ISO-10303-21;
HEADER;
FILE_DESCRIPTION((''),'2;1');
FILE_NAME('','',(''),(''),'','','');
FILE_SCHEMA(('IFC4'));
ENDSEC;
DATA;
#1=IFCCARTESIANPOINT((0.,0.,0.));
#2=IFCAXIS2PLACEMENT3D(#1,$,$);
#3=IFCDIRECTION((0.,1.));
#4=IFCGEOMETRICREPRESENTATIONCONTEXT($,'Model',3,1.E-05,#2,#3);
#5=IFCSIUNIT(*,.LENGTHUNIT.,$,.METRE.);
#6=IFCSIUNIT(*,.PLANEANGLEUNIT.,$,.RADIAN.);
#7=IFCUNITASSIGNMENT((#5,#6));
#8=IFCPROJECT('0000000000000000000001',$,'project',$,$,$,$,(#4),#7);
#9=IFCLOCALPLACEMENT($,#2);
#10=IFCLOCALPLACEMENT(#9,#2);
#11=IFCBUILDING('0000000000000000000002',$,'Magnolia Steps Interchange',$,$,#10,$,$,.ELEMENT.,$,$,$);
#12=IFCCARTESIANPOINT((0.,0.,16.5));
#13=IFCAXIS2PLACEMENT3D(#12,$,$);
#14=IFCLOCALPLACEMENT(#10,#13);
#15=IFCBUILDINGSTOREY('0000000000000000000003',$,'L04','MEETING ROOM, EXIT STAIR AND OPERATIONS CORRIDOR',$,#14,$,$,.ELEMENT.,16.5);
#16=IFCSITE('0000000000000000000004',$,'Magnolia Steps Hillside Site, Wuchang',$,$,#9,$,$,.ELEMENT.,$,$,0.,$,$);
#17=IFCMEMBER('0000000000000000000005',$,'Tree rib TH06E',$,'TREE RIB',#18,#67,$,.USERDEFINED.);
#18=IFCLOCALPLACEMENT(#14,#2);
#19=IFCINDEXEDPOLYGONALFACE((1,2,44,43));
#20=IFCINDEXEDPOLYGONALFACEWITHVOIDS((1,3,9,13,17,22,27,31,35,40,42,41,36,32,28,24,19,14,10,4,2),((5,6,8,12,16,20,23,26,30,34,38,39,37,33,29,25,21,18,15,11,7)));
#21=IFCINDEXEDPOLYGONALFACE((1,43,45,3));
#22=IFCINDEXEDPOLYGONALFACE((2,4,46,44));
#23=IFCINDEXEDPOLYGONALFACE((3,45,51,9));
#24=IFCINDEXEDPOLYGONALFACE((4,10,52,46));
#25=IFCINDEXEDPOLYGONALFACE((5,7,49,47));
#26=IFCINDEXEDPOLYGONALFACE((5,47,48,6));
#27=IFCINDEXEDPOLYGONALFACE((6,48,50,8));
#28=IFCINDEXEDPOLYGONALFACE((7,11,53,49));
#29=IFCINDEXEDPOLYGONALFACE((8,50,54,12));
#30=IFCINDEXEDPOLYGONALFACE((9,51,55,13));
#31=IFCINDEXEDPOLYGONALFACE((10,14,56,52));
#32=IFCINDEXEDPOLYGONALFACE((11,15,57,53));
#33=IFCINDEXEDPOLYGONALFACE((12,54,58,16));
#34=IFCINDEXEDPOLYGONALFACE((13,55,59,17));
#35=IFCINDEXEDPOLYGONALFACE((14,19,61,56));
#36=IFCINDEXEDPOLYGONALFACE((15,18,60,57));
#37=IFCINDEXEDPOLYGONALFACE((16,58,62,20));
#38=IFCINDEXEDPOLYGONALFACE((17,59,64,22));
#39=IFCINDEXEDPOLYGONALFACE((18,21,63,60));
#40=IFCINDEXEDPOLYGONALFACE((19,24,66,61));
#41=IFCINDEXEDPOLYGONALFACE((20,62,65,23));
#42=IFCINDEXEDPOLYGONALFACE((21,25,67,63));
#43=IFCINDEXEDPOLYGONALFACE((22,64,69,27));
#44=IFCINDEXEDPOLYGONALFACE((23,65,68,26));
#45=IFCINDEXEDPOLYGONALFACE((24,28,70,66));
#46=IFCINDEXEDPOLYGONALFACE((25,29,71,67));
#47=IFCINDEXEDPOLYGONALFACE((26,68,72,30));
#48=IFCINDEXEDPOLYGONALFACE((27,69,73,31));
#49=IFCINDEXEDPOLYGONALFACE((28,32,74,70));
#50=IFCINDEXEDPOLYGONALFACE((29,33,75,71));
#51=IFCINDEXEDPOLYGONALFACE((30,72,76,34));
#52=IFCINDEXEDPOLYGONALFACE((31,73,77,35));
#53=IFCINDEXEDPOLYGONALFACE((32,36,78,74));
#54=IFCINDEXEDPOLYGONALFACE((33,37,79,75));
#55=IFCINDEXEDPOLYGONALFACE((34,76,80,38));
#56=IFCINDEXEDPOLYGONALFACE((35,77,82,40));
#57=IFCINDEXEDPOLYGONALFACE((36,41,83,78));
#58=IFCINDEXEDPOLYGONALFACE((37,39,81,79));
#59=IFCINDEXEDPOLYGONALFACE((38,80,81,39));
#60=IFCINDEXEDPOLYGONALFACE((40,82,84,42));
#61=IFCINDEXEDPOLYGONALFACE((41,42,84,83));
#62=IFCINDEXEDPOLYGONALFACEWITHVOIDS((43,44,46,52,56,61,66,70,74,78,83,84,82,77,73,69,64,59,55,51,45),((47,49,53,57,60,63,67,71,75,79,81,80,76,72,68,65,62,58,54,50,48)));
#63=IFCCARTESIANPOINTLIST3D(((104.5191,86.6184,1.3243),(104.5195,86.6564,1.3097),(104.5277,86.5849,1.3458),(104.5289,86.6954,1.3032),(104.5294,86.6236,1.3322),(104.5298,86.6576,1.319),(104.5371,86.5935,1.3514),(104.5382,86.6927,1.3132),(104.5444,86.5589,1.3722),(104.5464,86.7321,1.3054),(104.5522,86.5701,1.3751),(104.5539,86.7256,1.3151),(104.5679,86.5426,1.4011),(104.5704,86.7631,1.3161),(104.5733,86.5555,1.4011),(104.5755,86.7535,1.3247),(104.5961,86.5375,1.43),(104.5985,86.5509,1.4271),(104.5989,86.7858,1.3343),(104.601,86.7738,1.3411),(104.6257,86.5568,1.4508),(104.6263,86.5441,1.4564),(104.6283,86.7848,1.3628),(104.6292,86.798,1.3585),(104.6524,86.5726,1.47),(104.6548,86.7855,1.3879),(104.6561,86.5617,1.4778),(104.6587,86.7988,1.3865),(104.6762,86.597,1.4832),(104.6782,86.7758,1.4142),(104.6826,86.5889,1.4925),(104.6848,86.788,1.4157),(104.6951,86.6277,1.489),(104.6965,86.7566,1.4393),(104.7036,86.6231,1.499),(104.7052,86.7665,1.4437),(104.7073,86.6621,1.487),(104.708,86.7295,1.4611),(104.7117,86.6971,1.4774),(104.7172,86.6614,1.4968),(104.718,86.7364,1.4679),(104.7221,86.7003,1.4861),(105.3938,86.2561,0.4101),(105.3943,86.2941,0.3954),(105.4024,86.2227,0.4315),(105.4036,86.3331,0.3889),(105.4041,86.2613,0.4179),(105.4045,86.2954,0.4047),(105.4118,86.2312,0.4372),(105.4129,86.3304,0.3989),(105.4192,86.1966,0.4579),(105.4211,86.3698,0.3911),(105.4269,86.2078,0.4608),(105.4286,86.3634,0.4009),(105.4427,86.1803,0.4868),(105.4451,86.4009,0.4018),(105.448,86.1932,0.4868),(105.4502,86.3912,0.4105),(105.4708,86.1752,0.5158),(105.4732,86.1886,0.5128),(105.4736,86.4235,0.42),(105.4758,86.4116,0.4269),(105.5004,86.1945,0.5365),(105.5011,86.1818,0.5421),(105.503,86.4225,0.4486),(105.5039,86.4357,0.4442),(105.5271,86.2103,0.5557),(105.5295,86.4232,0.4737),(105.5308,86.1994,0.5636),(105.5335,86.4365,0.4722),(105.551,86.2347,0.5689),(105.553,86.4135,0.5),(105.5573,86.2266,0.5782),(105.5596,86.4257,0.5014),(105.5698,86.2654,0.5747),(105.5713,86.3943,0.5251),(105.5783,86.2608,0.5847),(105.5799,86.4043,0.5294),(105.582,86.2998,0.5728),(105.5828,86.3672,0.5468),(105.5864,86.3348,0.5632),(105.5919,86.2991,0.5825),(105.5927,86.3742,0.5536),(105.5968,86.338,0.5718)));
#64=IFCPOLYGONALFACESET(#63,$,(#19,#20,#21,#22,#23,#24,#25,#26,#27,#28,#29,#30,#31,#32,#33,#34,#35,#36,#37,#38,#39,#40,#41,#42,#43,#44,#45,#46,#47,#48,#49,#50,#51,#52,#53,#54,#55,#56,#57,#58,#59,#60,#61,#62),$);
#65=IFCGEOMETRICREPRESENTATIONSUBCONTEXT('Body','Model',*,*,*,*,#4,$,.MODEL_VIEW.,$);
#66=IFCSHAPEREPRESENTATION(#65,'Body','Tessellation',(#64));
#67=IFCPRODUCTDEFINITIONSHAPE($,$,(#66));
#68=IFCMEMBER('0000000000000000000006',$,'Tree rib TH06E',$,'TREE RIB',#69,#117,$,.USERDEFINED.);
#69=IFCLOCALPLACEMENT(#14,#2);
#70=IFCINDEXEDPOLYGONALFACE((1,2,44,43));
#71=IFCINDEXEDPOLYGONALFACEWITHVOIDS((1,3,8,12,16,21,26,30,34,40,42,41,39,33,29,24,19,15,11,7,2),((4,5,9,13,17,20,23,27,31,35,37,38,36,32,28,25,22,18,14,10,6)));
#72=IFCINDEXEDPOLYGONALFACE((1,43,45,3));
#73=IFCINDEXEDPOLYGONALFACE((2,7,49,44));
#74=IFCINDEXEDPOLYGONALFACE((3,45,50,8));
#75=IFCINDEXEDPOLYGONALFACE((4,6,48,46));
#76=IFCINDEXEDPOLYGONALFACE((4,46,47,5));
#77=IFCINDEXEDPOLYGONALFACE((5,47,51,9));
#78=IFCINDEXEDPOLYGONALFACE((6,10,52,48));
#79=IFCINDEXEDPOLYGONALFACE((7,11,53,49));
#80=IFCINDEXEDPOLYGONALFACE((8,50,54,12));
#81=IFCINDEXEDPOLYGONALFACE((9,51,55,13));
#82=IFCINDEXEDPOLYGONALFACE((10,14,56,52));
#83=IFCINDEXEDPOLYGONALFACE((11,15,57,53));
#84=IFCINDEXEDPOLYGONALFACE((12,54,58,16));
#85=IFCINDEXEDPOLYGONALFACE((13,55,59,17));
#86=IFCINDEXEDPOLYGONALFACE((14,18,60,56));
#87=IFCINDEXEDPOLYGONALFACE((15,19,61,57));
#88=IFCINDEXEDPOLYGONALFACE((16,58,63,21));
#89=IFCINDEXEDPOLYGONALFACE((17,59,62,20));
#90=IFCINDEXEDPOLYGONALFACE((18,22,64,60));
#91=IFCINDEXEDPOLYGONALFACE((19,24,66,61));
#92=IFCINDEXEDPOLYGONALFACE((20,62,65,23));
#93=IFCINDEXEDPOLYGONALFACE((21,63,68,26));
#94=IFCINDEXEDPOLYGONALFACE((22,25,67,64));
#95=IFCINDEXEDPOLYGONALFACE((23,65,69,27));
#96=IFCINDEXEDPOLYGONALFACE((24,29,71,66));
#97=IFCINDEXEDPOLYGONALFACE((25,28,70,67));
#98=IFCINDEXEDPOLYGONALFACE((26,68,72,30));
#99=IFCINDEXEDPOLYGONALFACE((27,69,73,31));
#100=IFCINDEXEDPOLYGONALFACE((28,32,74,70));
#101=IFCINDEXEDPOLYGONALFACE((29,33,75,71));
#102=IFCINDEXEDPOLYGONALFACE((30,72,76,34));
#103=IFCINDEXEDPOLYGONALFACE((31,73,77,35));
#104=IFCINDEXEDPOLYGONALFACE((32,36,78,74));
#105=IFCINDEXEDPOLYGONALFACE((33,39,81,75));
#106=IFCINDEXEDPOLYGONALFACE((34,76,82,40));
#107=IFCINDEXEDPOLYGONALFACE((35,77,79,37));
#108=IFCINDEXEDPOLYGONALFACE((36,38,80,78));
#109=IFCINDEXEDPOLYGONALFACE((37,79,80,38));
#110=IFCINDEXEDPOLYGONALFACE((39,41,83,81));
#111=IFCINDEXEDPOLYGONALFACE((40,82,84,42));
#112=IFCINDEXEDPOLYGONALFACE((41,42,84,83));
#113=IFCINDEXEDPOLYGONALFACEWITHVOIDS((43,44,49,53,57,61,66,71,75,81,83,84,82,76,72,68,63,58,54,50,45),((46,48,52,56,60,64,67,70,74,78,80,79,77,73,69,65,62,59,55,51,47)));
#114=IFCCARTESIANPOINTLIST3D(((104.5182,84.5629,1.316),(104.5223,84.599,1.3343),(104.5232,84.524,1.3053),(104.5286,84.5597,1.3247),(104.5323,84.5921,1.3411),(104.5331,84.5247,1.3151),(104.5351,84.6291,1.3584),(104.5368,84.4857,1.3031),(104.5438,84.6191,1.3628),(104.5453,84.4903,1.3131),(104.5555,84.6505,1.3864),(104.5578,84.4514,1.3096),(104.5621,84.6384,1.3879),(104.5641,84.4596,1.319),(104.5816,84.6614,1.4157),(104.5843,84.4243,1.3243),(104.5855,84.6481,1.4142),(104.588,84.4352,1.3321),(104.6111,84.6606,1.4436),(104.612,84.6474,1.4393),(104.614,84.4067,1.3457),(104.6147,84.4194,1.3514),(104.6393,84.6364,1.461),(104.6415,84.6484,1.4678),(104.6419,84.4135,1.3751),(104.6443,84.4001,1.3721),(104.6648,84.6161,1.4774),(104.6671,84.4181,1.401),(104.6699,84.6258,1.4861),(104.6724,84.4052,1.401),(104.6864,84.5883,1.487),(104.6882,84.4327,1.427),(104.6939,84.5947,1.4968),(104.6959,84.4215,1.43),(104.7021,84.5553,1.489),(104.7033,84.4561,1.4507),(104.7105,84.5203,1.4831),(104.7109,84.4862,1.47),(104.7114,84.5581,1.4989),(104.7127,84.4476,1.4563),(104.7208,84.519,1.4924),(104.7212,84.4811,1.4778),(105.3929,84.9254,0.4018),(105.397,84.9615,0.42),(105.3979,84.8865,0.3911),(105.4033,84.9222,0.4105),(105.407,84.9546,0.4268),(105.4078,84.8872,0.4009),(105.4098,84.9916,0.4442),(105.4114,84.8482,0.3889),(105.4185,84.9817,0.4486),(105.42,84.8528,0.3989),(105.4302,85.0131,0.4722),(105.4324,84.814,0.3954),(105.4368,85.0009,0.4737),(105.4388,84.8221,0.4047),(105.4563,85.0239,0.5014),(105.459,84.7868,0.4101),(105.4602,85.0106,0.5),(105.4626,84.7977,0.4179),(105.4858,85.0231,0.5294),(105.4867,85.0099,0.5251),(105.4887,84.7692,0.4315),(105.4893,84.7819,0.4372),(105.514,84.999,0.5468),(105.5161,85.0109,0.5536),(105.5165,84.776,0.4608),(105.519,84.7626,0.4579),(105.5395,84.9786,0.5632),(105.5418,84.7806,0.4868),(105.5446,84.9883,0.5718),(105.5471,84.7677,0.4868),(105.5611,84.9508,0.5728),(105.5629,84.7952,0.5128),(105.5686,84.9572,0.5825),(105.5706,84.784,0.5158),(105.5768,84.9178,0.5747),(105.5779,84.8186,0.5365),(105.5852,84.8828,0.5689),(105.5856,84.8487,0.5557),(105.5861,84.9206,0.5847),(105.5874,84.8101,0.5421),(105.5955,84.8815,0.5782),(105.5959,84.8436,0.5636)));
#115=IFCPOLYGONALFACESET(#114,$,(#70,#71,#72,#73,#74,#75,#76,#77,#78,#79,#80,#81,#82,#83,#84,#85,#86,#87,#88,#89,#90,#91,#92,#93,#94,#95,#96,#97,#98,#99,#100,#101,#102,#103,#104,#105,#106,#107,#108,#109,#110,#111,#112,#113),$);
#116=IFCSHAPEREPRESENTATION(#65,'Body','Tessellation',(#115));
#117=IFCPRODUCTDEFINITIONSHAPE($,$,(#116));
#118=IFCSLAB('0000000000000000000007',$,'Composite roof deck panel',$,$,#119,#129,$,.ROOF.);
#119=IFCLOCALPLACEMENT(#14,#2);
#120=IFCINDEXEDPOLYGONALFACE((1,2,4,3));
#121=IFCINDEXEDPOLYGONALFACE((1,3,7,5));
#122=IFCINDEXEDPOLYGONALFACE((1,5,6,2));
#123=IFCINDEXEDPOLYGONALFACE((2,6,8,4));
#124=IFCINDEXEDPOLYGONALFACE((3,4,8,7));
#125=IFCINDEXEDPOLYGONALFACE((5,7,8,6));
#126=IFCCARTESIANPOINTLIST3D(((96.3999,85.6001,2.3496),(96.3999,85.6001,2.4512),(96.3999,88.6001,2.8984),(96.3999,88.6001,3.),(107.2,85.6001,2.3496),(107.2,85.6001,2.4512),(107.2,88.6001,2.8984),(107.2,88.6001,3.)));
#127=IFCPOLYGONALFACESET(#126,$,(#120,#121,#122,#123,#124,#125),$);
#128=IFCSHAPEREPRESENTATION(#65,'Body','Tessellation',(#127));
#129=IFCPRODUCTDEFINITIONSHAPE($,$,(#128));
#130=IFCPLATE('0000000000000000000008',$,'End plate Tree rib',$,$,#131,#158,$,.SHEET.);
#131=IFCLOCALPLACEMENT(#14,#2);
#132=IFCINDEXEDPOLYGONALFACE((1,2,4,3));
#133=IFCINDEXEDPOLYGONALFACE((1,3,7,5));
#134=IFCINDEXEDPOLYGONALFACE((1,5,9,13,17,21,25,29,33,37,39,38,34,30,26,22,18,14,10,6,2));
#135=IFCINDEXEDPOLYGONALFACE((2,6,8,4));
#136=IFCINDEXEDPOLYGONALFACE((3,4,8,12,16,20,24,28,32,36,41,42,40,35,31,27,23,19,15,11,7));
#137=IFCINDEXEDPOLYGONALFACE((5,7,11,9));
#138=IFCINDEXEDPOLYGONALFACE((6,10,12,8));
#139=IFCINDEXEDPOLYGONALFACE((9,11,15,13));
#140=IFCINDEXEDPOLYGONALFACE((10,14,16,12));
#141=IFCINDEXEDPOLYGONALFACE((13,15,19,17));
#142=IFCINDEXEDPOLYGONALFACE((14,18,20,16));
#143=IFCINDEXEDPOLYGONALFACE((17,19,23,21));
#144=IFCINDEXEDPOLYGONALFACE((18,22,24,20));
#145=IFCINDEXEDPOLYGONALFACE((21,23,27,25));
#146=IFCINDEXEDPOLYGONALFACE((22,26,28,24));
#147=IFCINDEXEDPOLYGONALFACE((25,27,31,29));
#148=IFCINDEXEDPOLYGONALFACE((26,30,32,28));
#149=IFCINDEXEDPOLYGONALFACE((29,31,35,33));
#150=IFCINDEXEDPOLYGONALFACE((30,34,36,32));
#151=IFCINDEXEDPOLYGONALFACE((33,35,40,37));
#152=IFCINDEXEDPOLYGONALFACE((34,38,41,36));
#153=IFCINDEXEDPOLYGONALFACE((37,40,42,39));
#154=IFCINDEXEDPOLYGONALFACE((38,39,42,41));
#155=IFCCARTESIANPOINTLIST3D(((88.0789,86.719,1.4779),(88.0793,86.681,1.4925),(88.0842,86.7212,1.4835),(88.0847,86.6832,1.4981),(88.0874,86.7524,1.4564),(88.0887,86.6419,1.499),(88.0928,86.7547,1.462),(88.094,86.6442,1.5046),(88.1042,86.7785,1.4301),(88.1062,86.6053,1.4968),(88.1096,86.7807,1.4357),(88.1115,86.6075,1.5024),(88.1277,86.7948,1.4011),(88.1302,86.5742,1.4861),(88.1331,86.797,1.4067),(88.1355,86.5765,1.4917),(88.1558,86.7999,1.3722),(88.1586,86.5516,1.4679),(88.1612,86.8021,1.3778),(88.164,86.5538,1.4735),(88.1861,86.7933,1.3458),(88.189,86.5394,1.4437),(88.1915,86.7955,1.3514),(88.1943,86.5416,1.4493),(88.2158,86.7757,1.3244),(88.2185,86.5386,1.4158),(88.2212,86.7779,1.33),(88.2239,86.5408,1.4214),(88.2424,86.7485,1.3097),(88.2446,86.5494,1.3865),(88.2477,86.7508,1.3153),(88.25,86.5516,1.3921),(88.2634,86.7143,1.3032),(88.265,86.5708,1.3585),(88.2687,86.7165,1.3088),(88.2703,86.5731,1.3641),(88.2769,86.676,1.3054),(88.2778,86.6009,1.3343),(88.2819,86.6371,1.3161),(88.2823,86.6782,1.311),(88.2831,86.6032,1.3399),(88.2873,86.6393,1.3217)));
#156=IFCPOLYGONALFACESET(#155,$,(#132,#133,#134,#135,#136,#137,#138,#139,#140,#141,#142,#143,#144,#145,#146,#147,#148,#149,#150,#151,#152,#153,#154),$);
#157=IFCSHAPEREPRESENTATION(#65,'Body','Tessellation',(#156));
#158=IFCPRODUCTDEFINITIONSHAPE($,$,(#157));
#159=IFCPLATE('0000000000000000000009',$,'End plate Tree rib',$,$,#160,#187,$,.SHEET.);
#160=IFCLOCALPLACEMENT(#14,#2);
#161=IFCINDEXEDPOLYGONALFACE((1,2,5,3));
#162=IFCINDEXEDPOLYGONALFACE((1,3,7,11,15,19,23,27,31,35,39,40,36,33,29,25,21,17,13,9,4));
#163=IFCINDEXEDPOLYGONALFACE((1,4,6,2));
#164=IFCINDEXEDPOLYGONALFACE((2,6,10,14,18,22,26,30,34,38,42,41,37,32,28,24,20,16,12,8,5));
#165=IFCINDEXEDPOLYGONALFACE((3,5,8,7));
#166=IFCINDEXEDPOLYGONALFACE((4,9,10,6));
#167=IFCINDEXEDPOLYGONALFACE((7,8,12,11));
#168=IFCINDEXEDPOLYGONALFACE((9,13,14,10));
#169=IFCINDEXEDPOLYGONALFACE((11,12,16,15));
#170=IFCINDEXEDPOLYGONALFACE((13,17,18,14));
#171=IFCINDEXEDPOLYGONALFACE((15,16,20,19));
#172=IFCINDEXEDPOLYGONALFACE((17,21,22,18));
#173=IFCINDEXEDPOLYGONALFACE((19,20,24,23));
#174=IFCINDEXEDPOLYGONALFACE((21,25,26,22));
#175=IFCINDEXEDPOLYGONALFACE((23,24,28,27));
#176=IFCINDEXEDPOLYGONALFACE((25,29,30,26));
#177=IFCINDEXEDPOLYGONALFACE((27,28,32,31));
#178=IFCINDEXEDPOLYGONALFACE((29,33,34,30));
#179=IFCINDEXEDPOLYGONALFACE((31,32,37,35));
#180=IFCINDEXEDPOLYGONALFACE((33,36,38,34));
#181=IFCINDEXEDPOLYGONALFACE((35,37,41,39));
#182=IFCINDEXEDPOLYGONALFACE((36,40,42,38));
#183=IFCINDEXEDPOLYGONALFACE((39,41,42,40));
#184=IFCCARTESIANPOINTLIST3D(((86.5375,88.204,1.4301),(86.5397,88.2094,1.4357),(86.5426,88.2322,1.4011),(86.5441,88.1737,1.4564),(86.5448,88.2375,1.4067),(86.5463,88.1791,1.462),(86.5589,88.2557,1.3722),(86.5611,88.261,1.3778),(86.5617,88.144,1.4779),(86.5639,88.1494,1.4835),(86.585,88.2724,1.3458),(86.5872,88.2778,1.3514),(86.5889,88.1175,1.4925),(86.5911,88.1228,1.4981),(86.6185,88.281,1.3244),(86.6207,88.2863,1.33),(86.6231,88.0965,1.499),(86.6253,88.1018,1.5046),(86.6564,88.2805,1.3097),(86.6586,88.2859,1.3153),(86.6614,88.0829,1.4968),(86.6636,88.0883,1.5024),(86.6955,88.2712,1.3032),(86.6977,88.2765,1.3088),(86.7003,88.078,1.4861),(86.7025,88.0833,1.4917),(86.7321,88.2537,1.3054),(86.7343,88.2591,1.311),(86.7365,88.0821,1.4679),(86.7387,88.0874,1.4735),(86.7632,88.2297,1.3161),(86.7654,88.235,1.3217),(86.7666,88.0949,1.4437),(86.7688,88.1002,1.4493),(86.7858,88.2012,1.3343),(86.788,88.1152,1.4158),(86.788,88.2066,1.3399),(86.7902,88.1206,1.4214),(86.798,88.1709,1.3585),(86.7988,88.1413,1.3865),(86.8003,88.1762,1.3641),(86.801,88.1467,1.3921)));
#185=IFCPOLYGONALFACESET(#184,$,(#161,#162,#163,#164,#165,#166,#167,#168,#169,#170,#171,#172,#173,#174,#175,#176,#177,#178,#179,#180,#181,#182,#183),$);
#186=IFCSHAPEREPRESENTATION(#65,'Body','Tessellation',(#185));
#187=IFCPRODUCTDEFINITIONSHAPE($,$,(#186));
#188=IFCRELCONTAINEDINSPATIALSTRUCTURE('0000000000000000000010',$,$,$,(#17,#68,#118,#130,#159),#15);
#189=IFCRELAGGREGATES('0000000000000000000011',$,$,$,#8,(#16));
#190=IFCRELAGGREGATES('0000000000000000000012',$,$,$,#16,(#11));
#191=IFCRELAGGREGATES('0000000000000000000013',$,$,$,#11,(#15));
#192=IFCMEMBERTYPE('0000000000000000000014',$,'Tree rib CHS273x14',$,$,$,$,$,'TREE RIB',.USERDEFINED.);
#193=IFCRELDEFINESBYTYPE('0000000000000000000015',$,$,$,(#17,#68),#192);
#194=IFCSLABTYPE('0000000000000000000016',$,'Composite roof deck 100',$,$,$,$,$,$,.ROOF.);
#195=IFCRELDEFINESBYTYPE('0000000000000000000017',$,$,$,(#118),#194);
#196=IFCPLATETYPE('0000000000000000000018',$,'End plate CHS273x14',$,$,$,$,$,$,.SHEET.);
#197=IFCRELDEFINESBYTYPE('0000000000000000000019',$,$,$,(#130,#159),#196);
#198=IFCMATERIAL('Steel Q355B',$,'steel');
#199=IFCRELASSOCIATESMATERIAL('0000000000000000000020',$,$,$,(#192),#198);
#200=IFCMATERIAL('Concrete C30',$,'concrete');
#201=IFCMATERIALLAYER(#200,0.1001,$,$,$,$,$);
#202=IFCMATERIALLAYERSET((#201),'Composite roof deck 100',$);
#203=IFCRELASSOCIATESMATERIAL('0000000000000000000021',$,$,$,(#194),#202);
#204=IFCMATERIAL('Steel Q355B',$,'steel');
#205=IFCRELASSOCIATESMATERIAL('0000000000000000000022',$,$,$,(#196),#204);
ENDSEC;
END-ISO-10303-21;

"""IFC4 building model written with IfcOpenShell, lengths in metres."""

from ifc_helpers import new_model, si_unit, direction, frame, origin, origin_2d, place, context, subcontext, project, spatial, polyline, circle, hollow_circle, outline, extrude, material, layer, layer_set, material_profile, profile_set, type_object, element, save


model = new_model("IFC4")

# Units and contexts
model_context = context("Model", 3, precision=1e-05, world=origin(), true_north=direction((0.0, 1.0)))
body_context = subcontext(model_context, "Body", "Model", "MODEL_VIEW")
ifc_project = project(units=[si_unit("LENGTHUNIT", "METRE"), si_unit("PLANEANGLEUNIT", "RADIAN")], contexts=[model_context])

# Site, building, storey
site_placement = place(None, origin())
site = spatial("IfcSite", under=ifc_project, at=site_placement, Name="Magnolia Steps Hillside Site, Wuchang", CompositionType="ELEMENT", RefElevation=0.0)
building_placement = place(site_placement, origin())
building = spatial("IfcBuilding", under=site, at=building_placement, Name="Magnolia Steps Interchange", CompositionType="ELEMENT")
storey_placement = place(building_placement, frame((0.0, 0.0, 16.5)))
storey = spatial("IfcBuildingStorey", under=building, at=storey_placement, Name="L04", Description="MEETING ROOM, EXIT STAIR AND OPERATIONS CORRIDOR", CompositionType="ELEMENT", Elevation=16.5)

# Members
ifc_material_1 = material(Name="Steel Q355B", Category="steel")
ifc_material_profile_1 = material_profile(ifc_material_1, hollow_circle(Radius=0.1365, WallThickness=0.0139, at=origin_2d()), Name="CHS273x14")
ifc_profile_set_1 = profile_set([ifc_material_profile_1], Name="Steel Q355B")
member_type = type_object("IfcMemberType", Name="Tree rib CHS273x14", ElementType="TREE RIB", PredefinedType="USERDEFINED", material=ifc_profile_set_1)
for number, where, z_axis, x_axis, name in (
    (1, (105.4949, 86.3064, 0.4868), (-0.6646, 0.275263, 0.694649), (-0.382655, -0.923891, 0.0), "Tree rib TH06E"),
    (2, (105.4949, 84.8938, 0.4868), (-0.664566, -0.275434, 0.694613), (0.382876, -0.9238, 0.0), "Tree rib TH06E"),
):
    element("IfcMember", number, at=place(storey_placement, frame(where, z_axis=z_axis, x_axis=x_axis)), inside=storey, type_object=member_type, Name=name, ObjectType="TREE RIB", PredefinedType="USERDEFINED", context=body_context, shape_type="SweptSolid", body=[
        extrude(hollow_circle(Radius=0.1365, WallThickness=0.0139, at=origin_2d()), origin(), (0.0, 0.0, 1.0), 1.3162),
    ])

# Slab
ifc_material_2 = material(Name="Concrete C30", Category="concrete")
ifc_layer_1 = layer(ifc_material_2, 0.1001)
ifc_layer_set_1 = layer_set([ifc_layer_1], Name="Composite roof deck 100")
slab_type = type_object("IfcSlabType", Name="Composite roof deck 100", PredefinedType="ROOF", material=ifc_layer_set_1)
slab_placement = place(storey_placement, frame((96.3999, 88.6001, 3.0), z_axis=(0.0, -0.179956, 0.983675), x_axis=(0.0, -0.983675, -0.179956)))
element("IfcSlab", 3, at=slab_placement, inside=storey, type_object=slab_type, Name="Composite roof deck panel", PredefinedType="ROOF", context=body_context, shape_type="SweptSolid", body=[
    extrude(outline(polyline([(0.0, 0.0), (3.0498, 0.0), (3.0498, 10.8), (0.0, 10.8), (0.0, 0.0)])), origin(), (0.179956, 0.0, -0.983675), 0.1016),
])

# Plates
ifc_material_3 = material(Name="Steel Q355B", Category="steel")
ifc_material_profile_2 = material_profile(ifc_material_3, circle(Radius=0.1365, at=origin_2d()), Name="End plate CHS273x14")
ifc_profile_set_2 = profile_set([ifc_material_profile_2], Name="Steel Q355B")
plate_type_1 = type_object("IfcPlateType", Name="End plate CHS273x14", PredefinedType="SHEET", material=ifc_profile_set_2)
for number, where, z_axis, x_axis, name in (
    (4, (88.1799, 86.6687, 1.4011), (0.664583, 0.275279, 0.694658), (-0.382683, 0.92388, 0.0), "End plate Tree rib"),
    (5, (86.6687, 88.1799, 1.4011), (0.275279, 0.664583, 0.694658), (-0.92388, 0.382683, 0.0), "End plate Tree rib"),
):
    element("IfcPlate", number, at=place(storey_placement, frame(where, z_axis=z_axis, x_axis=x_axis)), inside=storey, type_object=plate_type_1, Name=name, PredefinedType="SHEET", context=body_context, shape_type="SweptSolid", body=[
        extrude(circle(Radius=0.1365, at=origin_2d()), origin(), (0.0, 0.0, 1.0), 0.0081),
    ])

save(model, "model.ifc")
